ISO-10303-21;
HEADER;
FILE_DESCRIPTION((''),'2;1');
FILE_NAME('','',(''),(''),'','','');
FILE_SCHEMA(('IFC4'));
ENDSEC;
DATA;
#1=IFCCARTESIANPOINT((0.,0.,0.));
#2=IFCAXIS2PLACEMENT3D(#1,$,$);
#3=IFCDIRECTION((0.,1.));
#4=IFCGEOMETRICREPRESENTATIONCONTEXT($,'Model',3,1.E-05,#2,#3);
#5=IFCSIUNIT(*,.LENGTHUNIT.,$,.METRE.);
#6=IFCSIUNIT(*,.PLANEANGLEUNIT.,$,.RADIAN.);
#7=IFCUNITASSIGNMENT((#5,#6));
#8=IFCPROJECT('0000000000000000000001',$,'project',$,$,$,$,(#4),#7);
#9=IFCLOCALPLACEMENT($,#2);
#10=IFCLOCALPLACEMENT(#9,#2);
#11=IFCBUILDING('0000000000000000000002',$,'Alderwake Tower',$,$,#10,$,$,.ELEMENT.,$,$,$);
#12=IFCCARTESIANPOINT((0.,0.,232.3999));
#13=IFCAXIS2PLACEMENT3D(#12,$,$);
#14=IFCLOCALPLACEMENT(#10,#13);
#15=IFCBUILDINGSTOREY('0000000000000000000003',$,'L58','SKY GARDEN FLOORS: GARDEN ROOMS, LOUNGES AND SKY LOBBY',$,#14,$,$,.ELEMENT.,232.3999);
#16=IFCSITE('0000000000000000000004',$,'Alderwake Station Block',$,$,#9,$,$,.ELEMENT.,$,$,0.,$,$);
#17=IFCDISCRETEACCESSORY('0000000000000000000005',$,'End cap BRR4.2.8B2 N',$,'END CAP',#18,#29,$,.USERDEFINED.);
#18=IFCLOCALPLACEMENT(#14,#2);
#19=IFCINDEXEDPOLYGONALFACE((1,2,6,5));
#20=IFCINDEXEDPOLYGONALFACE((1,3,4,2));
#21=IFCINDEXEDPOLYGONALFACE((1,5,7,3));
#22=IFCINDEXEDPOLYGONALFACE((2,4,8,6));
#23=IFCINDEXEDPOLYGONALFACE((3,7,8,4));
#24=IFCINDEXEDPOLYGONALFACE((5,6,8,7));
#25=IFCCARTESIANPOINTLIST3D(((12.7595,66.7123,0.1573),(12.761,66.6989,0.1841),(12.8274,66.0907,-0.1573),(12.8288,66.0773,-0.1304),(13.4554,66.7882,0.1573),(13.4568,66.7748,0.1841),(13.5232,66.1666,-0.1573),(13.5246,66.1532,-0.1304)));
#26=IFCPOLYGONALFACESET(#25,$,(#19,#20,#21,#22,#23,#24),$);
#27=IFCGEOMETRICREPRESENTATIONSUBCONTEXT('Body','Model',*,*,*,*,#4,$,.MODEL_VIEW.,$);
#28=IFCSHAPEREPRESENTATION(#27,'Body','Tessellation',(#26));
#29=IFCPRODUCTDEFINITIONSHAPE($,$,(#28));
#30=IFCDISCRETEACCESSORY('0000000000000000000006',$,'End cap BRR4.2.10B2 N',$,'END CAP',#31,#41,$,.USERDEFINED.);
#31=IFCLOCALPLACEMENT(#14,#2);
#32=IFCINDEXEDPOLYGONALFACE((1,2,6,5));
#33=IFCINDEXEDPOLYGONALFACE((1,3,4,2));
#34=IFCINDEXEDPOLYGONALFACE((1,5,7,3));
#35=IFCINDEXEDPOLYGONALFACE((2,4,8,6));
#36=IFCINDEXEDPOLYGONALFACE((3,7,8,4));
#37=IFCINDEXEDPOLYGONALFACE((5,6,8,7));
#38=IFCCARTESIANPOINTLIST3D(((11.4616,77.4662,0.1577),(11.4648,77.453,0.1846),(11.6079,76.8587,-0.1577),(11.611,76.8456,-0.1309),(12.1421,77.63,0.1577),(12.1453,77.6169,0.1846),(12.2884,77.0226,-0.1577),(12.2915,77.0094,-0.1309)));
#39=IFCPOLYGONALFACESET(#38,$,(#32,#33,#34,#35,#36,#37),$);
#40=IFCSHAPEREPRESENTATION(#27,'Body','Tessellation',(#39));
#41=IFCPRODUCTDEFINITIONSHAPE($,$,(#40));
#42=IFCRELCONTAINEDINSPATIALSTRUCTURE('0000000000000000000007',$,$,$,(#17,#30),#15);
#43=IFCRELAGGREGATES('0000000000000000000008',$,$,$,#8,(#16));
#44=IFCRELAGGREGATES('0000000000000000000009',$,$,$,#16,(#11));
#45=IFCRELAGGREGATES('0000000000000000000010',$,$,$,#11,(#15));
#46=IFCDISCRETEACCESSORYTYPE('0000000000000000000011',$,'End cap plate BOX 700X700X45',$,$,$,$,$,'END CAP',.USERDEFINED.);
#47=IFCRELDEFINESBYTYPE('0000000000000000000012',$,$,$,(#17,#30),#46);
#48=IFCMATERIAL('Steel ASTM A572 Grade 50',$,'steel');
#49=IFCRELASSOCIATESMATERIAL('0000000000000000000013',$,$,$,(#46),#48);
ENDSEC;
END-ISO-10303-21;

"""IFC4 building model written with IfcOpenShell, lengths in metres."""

from ifc_helpers import new_model, si_unit, direction, frame, origin, origin_2d, place, context, subcontext, project, spatial, rectangle, extrude, material, material_profile, profile_set, type_object, element, save


model = new_model("IFC4")

# Units and contexts
model_context = context("Model", 3, precision=1e-05, world=origin(), true_north=direction((0.0, 1.0)))
body_context = subcontext(model_context, "Body", "Model", "MODEL_VIEW")
ifc_project = project(units=[si_unit("LENGTHUNIT", "METRE"), si_unit("PLANEANGLEUNIT", "RADIAN")], contexts=[model_context])

# Site, building, storey
site_placement = place(None, origin())
site = spatial("IfcSite", under=ifc_project, at=site_placement, Name="Alderwake Station Block", CompositionType="ELEMENT", RefElevation=0.0)
building_placement = place(site_placement, origin())
building = spatial("IfcBuilding", under=site, at=building_placement, Name="Alderwake Tower", CompositionType="ELEMENT")
storey_placement = place(building_placement, frame((0.0, 0.0, 232.3999)))
storey = spatial("IfcBuildingStorey", under=building, at=storey_placement, Name="L58", Description="SKY GARDEN FLOORS: GARDEN ROOMS, LOUNGES AND SKY LOBBY", CompositionType="ELEMENT", Elevation=232.3999)

# Discrete accessories
ifc_material_1 = material(Name="Steel ASTM A572 Grade 50", Category="steel")
ifc_material_profile_1 = material_profile(ifc_material_1, rectangle(XDim=0.7, YDim=0.7, at=origin_2d()), Name="BOX 700X700X45 cap")
ifc_profile_set_1 = profile_set([ifc_material_profile_1], Name="Steel ASTM A572 Grade 50")
discrete_accessory_type = type_object("IfcDiscreteAccessoryType", Name="End cap plate BOX 700X700X45", ElementType="END CAP", PredefinedType="USERDEFINED", material=ifc_profile_set_1)
for number, where, z_axis, x_axis, name in (
    (1, (13.1414, 66.4395, 0.0), (0.048729, -0.446682, 0.893365), (0.994102, 0.108448, 0.0), "End cap BRR4.2.8B2 N"),
    (2, (11.875, 77.2444, 0.0), (0.105496, -0.438214, 0.892658), (0.972224, 0.234054, 0.0), "End cap BRR4.2.10B2 N"),
):
    element("IfcDiscreteAccessory", number, at=place(storey_placement, frame(where, z_axis=z_axis, x_axis=x_axis)), inside=storey, type_object=discrete_accessory_type, Name=name, ObjectType="END CAP", PredefinedType="USERDEFINED", context=body_context, shape_type="SweptSolid", body=[
        extrude(rectangle(XDim=0.7, YDim=0.7, at=origin_2d()), origin(), (0.0, 0.0, 1.0), 0.03),
    ])

save(model, "model.ifc")
